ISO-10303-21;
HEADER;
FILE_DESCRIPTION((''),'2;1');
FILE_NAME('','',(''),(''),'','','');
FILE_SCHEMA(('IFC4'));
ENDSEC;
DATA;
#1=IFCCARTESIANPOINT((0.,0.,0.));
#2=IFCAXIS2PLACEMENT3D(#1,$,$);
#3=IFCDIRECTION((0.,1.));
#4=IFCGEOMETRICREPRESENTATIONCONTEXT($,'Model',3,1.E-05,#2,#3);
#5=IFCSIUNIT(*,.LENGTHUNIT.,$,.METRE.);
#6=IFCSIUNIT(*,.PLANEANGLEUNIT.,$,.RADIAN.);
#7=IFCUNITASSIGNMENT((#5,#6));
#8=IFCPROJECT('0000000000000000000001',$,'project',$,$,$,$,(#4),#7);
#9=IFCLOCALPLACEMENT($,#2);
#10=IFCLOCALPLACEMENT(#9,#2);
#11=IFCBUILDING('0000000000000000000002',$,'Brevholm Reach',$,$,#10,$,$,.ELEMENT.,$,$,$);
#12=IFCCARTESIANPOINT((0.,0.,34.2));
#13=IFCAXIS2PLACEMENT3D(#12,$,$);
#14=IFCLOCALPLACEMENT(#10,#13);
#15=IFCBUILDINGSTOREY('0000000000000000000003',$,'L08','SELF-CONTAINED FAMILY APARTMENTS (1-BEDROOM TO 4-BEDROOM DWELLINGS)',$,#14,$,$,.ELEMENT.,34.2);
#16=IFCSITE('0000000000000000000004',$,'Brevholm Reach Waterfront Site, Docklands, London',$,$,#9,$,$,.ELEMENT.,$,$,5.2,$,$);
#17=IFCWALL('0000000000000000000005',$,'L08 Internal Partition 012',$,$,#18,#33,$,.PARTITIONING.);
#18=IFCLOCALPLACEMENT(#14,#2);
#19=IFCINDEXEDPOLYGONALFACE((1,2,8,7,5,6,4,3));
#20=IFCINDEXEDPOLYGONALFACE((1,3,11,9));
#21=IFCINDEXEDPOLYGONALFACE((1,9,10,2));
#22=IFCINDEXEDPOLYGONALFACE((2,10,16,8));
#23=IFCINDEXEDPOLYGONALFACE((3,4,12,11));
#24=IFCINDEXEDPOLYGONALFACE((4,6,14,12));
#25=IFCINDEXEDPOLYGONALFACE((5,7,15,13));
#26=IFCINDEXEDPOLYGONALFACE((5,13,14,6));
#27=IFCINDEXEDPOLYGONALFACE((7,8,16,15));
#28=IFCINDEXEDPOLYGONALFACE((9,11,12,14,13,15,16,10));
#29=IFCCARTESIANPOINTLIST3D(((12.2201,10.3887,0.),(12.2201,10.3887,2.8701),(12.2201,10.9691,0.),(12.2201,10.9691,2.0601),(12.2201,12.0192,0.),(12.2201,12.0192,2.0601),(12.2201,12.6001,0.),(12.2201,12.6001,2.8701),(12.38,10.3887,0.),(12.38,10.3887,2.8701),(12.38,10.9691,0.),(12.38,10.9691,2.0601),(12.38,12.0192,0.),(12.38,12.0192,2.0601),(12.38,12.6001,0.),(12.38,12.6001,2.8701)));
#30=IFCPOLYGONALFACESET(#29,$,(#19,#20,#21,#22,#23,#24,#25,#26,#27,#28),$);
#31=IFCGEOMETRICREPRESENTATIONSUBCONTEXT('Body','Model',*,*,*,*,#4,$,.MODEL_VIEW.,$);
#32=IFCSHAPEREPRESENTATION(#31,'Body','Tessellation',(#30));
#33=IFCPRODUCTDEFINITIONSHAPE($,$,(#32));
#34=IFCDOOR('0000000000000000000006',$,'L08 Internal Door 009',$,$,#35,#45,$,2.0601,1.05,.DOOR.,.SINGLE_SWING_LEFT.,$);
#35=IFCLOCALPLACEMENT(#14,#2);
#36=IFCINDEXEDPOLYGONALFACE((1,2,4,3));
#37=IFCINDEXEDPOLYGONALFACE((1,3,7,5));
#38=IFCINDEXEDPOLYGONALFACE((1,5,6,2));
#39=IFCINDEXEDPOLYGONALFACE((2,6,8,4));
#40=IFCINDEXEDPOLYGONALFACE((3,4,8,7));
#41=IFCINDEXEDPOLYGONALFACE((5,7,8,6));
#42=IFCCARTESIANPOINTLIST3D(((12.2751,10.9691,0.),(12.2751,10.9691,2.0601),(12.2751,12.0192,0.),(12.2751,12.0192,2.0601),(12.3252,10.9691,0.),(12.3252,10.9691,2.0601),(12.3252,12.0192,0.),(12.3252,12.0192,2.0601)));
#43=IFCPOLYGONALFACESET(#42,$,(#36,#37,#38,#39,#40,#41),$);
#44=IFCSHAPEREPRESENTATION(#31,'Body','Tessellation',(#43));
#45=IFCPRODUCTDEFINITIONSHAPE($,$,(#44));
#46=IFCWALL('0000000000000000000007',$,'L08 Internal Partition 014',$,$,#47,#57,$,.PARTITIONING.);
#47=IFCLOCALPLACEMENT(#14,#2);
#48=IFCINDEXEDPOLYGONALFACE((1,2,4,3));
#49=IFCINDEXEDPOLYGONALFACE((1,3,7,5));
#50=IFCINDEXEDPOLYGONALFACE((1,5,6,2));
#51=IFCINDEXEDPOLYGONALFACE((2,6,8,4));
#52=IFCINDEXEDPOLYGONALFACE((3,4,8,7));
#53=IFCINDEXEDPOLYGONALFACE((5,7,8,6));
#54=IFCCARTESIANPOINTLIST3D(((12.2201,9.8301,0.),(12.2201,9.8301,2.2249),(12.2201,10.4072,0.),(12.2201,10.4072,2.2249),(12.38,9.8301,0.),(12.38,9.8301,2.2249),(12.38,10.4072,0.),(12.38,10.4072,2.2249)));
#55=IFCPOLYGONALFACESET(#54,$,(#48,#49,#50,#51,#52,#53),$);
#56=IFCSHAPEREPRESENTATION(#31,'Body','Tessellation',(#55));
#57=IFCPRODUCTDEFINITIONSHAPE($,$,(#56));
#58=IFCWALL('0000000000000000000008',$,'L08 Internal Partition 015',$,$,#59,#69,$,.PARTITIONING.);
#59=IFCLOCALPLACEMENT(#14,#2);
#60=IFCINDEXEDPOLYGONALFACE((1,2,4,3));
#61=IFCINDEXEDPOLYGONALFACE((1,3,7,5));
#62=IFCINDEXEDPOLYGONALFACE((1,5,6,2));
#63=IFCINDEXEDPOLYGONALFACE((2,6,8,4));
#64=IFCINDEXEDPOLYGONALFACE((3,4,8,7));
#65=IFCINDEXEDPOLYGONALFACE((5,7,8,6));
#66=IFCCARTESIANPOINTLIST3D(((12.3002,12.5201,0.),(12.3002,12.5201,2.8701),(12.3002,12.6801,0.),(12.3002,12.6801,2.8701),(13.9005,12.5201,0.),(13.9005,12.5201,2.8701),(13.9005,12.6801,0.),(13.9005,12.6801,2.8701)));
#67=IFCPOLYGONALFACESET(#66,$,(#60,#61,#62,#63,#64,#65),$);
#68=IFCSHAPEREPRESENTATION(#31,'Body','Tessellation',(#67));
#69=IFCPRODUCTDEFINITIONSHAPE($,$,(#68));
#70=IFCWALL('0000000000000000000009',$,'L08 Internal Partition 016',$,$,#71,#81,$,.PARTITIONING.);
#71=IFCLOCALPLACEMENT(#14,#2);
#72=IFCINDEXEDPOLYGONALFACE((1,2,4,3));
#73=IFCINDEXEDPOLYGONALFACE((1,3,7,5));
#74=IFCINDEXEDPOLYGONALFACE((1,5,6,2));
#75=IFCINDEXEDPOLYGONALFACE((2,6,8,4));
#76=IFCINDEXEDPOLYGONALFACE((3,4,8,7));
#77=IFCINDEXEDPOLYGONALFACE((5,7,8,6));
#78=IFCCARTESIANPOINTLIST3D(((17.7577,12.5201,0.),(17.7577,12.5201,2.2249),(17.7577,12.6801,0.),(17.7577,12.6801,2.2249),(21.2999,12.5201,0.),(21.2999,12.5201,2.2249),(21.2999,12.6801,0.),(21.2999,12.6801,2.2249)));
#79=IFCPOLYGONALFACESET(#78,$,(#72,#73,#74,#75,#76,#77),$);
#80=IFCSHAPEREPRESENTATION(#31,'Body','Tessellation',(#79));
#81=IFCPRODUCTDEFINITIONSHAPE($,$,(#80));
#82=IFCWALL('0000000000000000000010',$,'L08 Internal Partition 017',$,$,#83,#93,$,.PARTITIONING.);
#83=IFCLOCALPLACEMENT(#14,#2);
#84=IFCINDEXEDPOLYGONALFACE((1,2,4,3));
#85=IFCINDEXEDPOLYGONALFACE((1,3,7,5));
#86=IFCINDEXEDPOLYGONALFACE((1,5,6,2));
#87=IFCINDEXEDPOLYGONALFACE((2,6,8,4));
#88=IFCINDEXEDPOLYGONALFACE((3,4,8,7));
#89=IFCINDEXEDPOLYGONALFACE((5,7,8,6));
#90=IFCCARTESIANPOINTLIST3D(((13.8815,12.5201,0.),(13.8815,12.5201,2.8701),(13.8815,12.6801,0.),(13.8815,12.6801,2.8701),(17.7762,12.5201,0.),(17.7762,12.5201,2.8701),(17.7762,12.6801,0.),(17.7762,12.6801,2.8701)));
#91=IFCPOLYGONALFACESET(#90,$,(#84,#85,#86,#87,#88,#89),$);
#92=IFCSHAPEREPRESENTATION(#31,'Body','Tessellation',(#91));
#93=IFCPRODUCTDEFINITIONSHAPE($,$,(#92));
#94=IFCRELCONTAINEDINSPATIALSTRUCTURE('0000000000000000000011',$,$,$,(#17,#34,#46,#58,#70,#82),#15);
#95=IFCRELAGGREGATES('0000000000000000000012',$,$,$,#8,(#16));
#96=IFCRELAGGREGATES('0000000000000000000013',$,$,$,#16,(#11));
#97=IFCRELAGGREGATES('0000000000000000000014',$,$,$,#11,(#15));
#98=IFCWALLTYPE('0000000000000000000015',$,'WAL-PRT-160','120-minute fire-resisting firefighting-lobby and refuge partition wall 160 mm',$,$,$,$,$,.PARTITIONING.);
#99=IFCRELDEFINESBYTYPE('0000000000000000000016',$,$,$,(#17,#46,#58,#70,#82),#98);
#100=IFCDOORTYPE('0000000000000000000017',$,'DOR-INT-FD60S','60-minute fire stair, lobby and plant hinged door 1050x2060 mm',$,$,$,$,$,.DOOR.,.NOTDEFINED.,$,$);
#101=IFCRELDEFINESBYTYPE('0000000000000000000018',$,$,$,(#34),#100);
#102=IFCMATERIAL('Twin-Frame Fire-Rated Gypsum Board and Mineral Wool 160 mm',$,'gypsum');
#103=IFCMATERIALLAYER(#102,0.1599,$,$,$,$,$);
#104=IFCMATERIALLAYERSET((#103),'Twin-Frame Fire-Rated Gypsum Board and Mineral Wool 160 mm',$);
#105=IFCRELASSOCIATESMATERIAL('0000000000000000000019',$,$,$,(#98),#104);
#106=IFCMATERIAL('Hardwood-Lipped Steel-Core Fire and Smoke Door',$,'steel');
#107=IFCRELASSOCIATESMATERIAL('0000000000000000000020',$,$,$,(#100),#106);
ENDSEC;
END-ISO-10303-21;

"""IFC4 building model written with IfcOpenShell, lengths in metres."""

from ifc_helpers import new_model, si_unit, direction, frame, frame_2d, origin, place, context, subcontext, project, spatial, rectangle, extrude, material, layer, layer_set, type_object, element, fill, save


model = new_model("IFC4")

# Units and contexts
model_context = context("Model", 3, precision=1e-05, world=origin(), true_north=direction((0.0, 1.0)))
body_context = subcontext(model_context, "Body", "Model", "MODEL_VIEW")
ifc_project = project(units=[si_unit("LENGTHUNIT", "METRE"), si_unit("PLANEANGLEUNIT", "RADIAN")], contexts=[model_context])

# Site, building, storey
site_placement = place(None, origin())
site = spatial("IfcSite", under=ifc_project, at=site_placement, Name="Brevholm Reach Waterfront Site, Docklands, London", CompositionType="ELEMENT", RefElevation=5.2)
building_placement = place(site_placement, origin())
building = spatial("IfcBuilding", under=site, at=building_placement, Name="Brevholm Reach", CompositionType="ELEMENT")
storey_placement = place(building_placement, frame((0.0, 0.0, 34.2)))
storey = spatial("IfcBuildingStorey", under=building, at=storey_placement, Name="L08", Description="SELF-CONTAINED FAMILY APARTMENTS (1-BEDROOM TO 4-BEDROOM DWELLINGS)", CompositionType="ELEMENT", Elevation=34.2)

# Wall, opening, door
ifc_material_1 = material(Name="Twin-Frame Fire-Rated Gypsum Board and Mineral Wool 160 mm", Category="gypsum")
ifc_layer_1 = layer(ifc_material_1, 0.1599)
ifc_layer_set_1 = layer_set([ifc_layer_1], Name="Twin-Frame Fire-Rated Gypsum Board and Mineral Wool 160 mm")
wall_type_1 = type_object("IfcWallType", Name="WAL-PRT-160", Description="120-minute fire-resisting firefighting-lobby and refuge partition wall 160 mm", PredefinedType="PARTITIONING", material=ifc_layer_set_1)
wall_1_placement = place(storey_placement, frame((12.3, 10.3887, 0.0), z_axis=(0.0, 0.0, 1.0), x_axis=(0.0, 1.0, 0.0)))
wall_1 = element("IfcWall", 1, at=wall_1_placement, inside=storey, type_object=wall_type_1, Name="L08 Internal Partition 012", PredefinedType="PARTITIONING", context=body_context, shape_type="SweptSolid", body=[
    extrude(rectangle(XDim=2.2114, YDim=0.1599, at=frame_2d((1.1057, 0.0))), origin(), (0.0, 0.0, 1.0), 2.8701),
])
opening_1_placement = place(wall_1_placement, frame((0.5806, 0.0, 0.0)))
opening_1 = element("IfcOpeningElement", 2, at=opening_1_placement, cuts=wall_1, PredefinedType="OPENING", context=body_context, shape_type="SweptSolid", body=[
    extrude(rectangle(XDim=1.05, YDim=2.0601, at=frame_2d((0.5249, 1.03))), frame((0.0, 0.0898, 0.0), z_axis=(0.0, -1.0, 0.0), x_axis=(1.0, 0.0, 0.0)), (0.0, 0.0, 1.0), 0.1799),
])
ifc_material_2 = material(Name="Hardwood-Lipped Steel-Core Fire and Smoke Door", Category="steel")
door_type_1 = type_object("IfcDoorType", Name="DOR-INT-FD60S", Description="60-minute fire stair, lobby and plant hinged door 1050x2060 mm", OperationType="NOTDEFINED", PredefinedType="DOOR", material=ifc_material_2)
door_1_placement = place(opening_1_placement, origin())
door_1 = element("IfcDoor", 3, at=door_1_placement, inside=storey, type_object=door_type_1, Name="L08 Internal Door 009", OperationType="SINGLE_SWING_LEFT", OverallHeight=2.0601, OverallWidth=1.05, PredefinedType="DOOR", context=body_context, shape_type="SweptSolid", body=[
    extrude(rectangle(XDim=1.05, YDim=2.0601, at=frame_2d((0.5249, 1.03))), frame((0.0, 0.0249, 0.0), z_axis=(0.0, -1.0, 0.0), x_axis=(1.0, 0.0, 0.0)), (0.0, 0.0, 1.0), 0.05),
])
fill(opening_1, door_1)

# Walls
wall_2_placement = place(storey_placement, frame((12.3, 9.8301, 0.0), z_axis=(0.0, 0.0, 1.0), x_axis=(0.0, 1.0, 0.0)))
element("IfcWall", 4, at=wall_2_placement, inside=storey, type_object=wall_type_1, Name="L08 Internal Partition 014", PredefinedType="PARTITIONING", context=body_context, shape_type="SweptSolid", body=[
    extrude(rectangle(XDim=0.5771, YDim=0.1599, at=frame_2d((0.2886, 0.0))), origin(), (0.0, 0.0, 1.0), 2.2249),
])
wall_3_placement = place(storey_placement, frame((12.3, 12.6001, 0.0), z_axis=(0.0, 0.0, 1.0), x_axis=(1.0, 0.0, 0.0)))
element("IfcWall", 5, at=wall_3_placement, inside=storey, type_object=wall_type_1, Name="L08 Internal Partition 015", PredefinedType="PARTITIONING", context=body_context, shape_type="SweptSolid", body=[
    extrude(rectangle(XDim=1.6003, YDim=0.1599, at=frame_2d((0.8003, 0.0))), origin(), (0.0, 0.0, 1.0), 2.8701),
])
wall_4_placement = place(storey_placement, frame((17.7578, 12.6001, 0.0), z_axis=(0.0, 0.0, 1.0), x_axis=(1.0, 0.0, 0.0)))
element("IfcWall", 6, at=wall_4_placement, inside=storey, type_object=wall_type_1, Name="L08 Internal Partition 016", PredefinedType="PARTITIONING", context=body_context, shape_type="SweptSolid", body=[
    extrude(rectangle(XDim=3.5422, YDim=0.1599, at=frame_2d((1.771, 0.0))), origin(), (0.0, 0.0, 1.0), 2.2249),
])
wall_5_placement = place(storey_placement, frame((13.8816, 12.6001, 0.0), z_axis=(0.0, 0.0, 1.0), x_axis=(1.0, 0.0, 0.0)))
element("IfcWall", 7, at=wall_5_placement, inside=storey, type_object=wall_type_1, Name="L08 Internal Partition 017", PredefinedType="PARTITIONING", context=body_context, shape_type="SweptSolid", body=[
    extrude(rectangle(XDim=3.8948, YDim=0.1599, at=frame_2d((1.9473, 0.0))), origin(), (0.0, 0.0, 1.0), 2.8701),
])

save(model, "model.ifc")
